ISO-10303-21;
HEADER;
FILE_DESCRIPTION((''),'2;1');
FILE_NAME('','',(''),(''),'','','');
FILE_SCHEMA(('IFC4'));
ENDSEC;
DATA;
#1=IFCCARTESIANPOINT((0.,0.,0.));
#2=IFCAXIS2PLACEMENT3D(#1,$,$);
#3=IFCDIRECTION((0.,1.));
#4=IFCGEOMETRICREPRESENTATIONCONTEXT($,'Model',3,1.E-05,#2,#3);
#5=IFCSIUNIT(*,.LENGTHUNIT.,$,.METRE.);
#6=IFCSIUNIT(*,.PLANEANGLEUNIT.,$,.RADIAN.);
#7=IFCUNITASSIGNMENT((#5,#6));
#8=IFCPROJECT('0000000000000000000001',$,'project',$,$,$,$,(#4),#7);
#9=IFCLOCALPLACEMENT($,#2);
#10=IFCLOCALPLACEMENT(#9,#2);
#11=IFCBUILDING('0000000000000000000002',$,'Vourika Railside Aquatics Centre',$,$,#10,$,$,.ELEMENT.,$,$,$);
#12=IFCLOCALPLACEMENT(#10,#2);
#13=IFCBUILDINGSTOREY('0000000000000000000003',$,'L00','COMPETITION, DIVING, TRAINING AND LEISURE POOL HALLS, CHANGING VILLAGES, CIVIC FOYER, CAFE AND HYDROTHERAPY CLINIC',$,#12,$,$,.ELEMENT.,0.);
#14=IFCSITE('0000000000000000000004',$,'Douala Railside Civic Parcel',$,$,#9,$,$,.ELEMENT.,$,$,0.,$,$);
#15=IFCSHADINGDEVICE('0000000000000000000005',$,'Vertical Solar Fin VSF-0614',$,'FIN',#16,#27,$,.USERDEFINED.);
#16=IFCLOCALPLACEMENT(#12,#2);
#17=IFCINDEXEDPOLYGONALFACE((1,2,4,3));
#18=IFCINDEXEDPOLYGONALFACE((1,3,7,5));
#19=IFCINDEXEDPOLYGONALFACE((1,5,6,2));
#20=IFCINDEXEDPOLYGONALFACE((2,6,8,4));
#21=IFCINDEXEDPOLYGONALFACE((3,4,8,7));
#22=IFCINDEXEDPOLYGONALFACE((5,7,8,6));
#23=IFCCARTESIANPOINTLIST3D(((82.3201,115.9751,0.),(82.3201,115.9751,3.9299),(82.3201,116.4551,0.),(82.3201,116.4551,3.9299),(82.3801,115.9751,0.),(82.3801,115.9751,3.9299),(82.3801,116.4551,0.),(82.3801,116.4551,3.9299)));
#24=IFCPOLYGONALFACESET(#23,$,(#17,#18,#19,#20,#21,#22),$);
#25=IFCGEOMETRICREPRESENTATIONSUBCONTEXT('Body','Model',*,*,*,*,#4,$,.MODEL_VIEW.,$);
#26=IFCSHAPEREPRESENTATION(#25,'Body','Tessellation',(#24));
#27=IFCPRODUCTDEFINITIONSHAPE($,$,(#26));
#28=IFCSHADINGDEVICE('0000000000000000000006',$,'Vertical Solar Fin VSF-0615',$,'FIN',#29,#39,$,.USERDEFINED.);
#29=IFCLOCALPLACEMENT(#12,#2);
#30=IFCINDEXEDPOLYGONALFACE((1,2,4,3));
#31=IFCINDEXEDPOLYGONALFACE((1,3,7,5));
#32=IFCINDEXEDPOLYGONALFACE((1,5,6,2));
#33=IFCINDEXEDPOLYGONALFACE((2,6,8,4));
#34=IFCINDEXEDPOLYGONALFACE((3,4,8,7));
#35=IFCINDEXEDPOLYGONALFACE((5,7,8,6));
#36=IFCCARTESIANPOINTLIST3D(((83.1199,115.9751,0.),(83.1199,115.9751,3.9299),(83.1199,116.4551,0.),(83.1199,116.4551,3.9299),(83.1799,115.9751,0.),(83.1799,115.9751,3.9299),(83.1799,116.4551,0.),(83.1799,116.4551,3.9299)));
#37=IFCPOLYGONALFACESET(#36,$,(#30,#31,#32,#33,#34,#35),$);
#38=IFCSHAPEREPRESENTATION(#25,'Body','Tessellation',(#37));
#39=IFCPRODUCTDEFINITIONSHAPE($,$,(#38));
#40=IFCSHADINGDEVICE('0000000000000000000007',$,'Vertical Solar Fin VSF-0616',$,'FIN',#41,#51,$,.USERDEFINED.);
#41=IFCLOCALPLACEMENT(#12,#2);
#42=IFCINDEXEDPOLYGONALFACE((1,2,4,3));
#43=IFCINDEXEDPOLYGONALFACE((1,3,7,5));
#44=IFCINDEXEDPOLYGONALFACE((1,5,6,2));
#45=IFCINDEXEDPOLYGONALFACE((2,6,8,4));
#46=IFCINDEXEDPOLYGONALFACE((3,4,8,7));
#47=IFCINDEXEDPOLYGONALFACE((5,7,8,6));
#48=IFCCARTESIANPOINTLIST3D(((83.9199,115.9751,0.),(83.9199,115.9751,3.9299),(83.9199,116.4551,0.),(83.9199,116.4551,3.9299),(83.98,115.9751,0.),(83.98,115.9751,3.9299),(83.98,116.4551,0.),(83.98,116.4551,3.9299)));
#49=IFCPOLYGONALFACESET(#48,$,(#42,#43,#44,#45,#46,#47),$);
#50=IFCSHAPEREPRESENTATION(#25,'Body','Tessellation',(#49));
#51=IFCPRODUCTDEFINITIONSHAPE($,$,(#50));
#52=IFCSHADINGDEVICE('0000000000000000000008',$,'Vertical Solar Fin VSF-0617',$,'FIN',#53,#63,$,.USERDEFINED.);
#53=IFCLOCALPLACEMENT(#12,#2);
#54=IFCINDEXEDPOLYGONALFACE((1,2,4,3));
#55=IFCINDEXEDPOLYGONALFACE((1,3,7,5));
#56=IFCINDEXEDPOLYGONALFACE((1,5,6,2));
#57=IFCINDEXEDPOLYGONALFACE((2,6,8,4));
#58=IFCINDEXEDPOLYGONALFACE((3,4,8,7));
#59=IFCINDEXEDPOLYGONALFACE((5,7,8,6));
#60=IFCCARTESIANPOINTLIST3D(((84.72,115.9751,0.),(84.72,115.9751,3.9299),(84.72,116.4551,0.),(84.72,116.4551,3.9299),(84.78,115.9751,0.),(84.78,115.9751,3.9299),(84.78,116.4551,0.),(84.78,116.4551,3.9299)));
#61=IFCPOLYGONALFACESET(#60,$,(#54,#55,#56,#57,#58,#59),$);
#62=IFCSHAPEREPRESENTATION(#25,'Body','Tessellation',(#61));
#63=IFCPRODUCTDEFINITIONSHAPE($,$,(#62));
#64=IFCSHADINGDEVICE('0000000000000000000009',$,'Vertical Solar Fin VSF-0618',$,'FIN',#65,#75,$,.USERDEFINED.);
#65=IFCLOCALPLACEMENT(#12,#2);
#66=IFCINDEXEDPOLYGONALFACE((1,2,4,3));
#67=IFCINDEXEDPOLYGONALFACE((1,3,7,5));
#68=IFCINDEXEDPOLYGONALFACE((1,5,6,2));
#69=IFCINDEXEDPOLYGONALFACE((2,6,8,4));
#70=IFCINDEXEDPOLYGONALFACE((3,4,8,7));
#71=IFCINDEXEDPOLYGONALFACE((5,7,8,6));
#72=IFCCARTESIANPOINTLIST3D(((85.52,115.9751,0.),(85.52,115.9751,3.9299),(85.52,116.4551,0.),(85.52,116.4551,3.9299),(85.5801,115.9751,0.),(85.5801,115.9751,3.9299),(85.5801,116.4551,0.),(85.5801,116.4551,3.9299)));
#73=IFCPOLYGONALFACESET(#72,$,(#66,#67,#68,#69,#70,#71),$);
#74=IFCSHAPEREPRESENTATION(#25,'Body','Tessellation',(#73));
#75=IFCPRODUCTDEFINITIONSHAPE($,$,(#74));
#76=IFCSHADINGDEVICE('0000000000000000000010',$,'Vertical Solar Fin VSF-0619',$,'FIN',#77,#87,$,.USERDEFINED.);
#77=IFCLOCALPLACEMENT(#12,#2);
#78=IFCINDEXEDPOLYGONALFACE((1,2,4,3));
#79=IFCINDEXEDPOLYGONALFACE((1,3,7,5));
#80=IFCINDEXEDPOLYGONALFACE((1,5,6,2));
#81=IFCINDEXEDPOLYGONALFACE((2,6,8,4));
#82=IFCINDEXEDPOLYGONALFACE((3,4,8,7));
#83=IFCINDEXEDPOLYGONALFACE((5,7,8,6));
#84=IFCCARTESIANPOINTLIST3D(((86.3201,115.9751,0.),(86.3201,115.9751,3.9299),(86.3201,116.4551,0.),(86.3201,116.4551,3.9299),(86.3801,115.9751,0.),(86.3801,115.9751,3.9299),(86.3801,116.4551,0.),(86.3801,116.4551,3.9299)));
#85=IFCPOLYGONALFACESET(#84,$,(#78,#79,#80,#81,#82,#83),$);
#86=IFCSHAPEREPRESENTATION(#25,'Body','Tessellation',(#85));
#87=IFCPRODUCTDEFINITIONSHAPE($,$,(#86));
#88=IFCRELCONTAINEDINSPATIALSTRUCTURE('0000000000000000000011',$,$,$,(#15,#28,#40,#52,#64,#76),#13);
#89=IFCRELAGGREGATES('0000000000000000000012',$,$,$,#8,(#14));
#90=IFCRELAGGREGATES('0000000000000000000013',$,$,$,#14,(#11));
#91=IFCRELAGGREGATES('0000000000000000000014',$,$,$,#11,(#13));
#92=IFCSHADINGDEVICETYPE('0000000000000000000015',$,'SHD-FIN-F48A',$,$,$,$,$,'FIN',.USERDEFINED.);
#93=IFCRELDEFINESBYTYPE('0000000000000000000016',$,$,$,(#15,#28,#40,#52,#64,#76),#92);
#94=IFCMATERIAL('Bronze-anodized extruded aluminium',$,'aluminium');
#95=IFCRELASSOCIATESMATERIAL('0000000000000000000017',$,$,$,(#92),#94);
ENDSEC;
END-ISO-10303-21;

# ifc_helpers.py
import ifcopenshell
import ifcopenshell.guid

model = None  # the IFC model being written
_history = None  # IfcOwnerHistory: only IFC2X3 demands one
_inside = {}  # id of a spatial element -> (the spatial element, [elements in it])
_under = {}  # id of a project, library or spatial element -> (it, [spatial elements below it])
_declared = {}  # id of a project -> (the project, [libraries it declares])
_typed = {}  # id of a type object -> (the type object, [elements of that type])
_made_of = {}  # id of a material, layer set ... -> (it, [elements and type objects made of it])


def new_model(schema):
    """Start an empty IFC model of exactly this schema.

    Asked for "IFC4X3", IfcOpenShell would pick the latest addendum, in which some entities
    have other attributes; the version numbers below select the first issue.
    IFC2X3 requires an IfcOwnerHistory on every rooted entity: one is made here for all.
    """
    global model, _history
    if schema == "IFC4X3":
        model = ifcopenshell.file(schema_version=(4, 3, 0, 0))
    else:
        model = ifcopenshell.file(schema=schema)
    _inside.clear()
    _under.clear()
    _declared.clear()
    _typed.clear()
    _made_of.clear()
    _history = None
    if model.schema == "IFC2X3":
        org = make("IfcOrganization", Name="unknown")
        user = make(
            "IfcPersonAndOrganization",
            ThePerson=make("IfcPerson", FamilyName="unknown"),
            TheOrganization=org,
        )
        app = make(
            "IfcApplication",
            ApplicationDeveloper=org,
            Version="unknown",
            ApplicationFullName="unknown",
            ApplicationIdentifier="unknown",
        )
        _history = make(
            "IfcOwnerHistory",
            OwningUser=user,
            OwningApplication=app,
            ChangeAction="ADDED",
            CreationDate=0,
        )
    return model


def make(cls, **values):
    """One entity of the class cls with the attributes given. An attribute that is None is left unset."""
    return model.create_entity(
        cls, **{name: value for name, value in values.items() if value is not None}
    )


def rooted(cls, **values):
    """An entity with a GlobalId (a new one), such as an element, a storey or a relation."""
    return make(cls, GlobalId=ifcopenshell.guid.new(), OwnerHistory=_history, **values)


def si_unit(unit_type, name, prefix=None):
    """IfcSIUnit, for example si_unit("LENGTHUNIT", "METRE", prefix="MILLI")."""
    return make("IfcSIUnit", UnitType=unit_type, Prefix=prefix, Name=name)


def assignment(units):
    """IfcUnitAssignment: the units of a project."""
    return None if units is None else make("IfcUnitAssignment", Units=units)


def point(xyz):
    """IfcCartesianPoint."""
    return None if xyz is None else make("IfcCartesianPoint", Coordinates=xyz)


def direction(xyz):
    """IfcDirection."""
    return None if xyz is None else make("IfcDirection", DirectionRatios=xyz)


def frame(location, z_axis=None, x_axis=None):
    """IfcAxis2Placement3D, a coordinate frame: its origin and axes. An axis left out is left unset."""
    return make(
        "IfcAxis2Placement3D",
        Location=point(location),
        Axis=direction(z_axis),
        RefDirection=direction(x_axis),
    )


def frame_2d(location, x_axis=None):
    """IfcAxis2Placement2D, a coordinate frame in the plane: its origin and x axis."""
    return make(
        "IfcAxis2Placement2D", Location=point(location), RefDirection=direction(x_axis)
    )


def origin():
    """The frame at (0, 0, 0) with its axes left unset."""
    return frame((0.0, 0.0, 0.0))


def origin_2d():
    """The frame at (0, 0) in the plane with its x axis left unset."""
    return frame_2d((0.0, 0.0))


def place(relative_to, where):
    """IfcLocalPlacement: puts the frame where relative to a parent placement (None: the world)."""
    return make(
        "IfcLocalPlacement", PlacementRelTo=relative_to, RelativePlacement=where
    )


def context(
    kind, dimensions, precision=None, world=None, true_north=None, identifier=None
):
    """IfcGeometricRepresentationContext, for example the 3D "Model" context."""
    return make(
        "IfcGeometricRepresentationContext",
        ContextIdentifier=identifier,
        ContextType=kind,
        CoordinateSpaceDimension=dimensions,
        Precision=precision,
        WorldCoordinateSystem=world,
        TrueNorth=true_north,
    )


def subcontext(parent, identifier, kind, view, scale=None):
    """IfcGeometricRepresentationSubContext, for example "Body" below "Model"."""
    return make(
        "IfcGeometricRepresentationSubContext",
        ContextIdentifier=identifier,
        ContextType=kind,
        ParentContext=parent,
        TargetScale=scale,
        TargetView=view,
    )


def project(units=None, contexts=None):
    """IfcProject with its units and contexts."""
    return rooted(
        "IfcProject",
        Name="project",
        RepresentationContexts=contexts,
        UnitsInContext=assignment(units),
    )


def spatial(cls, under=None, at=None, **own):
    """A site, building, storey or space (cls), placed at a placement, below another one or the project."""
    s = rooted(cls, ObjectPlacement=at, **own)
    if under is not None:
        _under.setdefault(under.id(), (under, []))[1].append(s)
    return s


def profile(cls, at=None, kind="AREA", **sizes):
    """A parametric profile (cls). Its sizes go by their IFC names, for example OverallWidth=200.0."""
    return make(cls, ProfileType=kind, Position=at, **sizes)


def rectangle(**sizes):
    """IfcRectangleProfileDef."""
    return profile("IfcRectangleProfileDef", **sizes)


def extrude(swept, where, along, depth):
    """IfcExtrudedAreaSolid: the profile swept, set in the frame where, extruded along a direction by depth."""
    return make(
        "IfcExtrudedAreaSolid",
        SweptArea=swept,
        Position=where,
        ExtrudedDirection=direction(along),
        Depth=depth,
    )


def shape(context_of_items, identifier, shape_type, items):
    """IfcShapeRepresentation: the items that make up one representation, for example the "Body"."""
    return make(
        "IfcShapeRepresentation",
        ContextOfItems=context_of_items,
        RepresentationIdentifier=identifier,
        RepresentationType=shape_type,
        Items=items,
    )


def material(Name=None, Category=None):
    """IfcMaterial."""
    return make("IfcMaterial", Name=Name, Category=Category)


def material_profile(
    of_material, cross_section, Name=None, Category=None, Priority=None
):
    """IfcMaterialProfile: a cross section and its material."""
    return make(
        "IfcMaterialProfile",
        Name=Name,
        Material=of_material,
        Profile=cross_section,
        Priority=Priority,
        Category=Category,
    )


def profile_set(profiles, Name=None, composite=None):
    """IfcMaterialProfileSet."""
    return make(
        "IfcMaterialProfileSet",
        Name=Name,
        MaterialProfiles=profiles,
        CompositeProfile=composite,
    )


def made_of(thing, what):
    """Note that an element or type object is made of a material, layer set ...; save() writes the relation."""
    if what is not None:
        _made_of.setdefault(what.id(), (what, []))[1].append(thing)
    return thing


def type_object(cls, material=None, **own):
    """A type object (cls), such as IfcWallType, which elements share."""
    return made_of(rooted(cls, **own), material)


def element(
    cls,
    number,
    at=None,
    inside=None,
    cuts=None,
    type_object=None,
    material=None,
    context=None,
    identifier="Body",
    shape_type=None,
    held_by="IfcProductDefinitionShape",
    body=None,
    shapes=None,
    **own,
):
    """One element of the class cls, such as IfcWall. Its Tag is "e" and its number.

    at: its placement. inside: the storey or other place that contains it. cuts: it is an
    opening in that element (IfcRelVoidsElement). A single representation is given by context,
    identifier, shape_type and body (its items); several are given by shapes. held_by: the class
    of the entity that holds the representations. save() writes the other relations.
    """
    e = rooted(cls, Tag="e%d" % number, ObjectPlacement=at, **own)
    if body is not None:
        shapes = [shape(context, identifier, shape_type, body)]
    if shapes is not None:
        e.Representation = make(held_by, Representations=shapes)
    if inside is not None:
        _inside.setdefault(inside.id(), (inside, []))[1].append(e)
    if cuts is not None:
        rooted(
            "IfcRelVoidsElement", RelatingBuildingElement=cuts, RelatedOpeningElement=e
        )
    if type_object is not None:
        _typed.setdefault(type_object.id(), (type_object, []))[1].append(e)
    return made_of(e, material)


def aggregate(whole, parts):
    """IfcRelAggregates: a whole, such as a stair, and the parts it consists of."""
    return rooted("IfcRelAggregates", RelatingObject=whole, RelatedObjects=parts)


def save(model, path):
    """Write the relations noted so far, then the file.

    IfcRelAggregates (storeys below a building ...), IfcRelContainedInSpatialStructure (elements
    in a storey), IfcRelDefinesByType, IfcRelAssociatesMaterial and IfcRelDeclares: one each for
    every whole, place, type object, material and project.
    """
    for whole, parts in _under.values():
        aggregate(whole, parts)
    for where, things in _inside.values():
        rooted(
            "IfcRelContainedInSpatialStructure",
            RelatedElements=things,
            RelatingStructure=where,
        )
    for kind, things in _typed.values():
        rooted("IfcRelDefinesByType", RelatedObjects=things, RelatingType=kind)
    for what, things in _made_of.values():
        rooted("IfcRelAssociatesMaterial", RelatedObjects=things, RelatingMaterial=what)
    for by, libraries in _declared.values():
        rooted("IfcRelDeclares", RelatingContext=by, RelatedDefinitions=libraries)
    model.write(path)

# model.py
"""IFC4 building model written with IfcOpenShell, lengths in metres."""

from ifc_helpers import new_model, si_unit, direction, frame, origin, origin_2d, place, context, subcontext, project, spatial, rectangle, extrude, material, material_profile, profile_set, type_object, element, save


model = new_model("IFC4")

# Units and contexts
model_context = context("Model", 3, precision=1e-05, world=origin(), true_north=direction((0.0, 1.0)))
body_context = subcontext(model_context, "Body", "Model", "MODEL_VIEW")
ifc_project = project(units=[si_unit("LENGTHUNIT", "METRE"), si_unit("PLANEANGLEUNIT", "RADIAN")], contexts=[model_context])

# Site, building, storey
site_placement = place(None, origin())
site = spatial("IfcSite", under=ifc_project, at=site_placement, Name="Douala Railside Civic Parcel", CompositionType="ELEMENT", RefElevation=0.0)
building_placement = place(site_placement, origin())
building = spatial("IfcBuilding", under=site, at=building_placement, Name="Vourika Railside Aquatics Centre", CompositionType="ELEMENT")
storey_placement = place(building_placement, origin())
storey = spatial("IfcBuildingStorey", under=building, at=storey_placement, Name="L00", Description="COMPETITION, DIVING, TRAINING AND LEISURE POOL HALLS, CHANGING VILLAGES, CIVIC FOYER, CAFE AND HYDROTHERAPY CLINIC", CompositionType="ELEMENT", Elevation=0.0)

# Shading devices
ifc_material_1 = material(Name="Bronze-anodized extruded aluminium", Category="aluminium")
ifc_material_profile_1 = material_profile(ifc_material_1, rectangle(XDim=0.0601, YDim=0.48, at=origin_2d()), Name="ALU-FIN 60x480")
ifc_profile_set_1 = profile_set([ifc_material_profile_1], Name="Bronze-anodized extruded aluminium")
shading_device_type = type_object("IfcShadingDeviceType", Name="SHD-FIN-F48A", ElementType="FIN", PredefinedType="USERDEFINED", material=ifc_profile_set_1)
for number, where, z_axis, x_axis, name in (
    (1, (82.3501, 116.2151, 0.0), (0.0, 0.0, 1.0), (1.0, 0.0, 0.0), "Vertical Solar Fin VSF-0614"),
    (2, (83.1499, 116.2151, 0.0), (0.0, 0.0, 1.0), (1.0, 0.0, 0.0), "Vertical Solar Fin VSF-0615"),
    (3, (83.95, 116.2151, 0.0), (0.0, 0.0, 1.0), (1.0, 0.0, 0.0), "Vertical Solar Fin VSF-0616"),
    (4, (84.75, 116.2151, 0.0), (0.0, 0.0, 1.0), (1.0, 0.0, 0.0), "Vertical Solar Fin VSF-0617"),
    (5, (85.55, 116.2151, 0.0), (0.0, 0.0, 1.0), (1.0, 0.0, 0.0), "Vertical Solar Fin VSF-0618"),
    (6, (86.3501, 116.2151, 0.0), (0.0, 0.0, 1.0), (1.0, 0.0, 0.0), "Vertical Solar Fin VSF-0619"),
):
    element("IfcShadingDevice", number, at=place(storey_placement, frame(where, z_axis=z_axis, x_axis=x_axis)), inside=storey, type_object=shading_device_type, Name=name, ObjectType="FIN", PredefinedType="USERDEFINED", context=body_context, shape_type="SweptSolid", body=[
        extrude(rectangle(XDim=0.0601, YDim=0.48, at=origin_2d()), origin(), (0.0, 0.0, 1.0), 3.9299),
    ])

save(model, "model.ifc")
